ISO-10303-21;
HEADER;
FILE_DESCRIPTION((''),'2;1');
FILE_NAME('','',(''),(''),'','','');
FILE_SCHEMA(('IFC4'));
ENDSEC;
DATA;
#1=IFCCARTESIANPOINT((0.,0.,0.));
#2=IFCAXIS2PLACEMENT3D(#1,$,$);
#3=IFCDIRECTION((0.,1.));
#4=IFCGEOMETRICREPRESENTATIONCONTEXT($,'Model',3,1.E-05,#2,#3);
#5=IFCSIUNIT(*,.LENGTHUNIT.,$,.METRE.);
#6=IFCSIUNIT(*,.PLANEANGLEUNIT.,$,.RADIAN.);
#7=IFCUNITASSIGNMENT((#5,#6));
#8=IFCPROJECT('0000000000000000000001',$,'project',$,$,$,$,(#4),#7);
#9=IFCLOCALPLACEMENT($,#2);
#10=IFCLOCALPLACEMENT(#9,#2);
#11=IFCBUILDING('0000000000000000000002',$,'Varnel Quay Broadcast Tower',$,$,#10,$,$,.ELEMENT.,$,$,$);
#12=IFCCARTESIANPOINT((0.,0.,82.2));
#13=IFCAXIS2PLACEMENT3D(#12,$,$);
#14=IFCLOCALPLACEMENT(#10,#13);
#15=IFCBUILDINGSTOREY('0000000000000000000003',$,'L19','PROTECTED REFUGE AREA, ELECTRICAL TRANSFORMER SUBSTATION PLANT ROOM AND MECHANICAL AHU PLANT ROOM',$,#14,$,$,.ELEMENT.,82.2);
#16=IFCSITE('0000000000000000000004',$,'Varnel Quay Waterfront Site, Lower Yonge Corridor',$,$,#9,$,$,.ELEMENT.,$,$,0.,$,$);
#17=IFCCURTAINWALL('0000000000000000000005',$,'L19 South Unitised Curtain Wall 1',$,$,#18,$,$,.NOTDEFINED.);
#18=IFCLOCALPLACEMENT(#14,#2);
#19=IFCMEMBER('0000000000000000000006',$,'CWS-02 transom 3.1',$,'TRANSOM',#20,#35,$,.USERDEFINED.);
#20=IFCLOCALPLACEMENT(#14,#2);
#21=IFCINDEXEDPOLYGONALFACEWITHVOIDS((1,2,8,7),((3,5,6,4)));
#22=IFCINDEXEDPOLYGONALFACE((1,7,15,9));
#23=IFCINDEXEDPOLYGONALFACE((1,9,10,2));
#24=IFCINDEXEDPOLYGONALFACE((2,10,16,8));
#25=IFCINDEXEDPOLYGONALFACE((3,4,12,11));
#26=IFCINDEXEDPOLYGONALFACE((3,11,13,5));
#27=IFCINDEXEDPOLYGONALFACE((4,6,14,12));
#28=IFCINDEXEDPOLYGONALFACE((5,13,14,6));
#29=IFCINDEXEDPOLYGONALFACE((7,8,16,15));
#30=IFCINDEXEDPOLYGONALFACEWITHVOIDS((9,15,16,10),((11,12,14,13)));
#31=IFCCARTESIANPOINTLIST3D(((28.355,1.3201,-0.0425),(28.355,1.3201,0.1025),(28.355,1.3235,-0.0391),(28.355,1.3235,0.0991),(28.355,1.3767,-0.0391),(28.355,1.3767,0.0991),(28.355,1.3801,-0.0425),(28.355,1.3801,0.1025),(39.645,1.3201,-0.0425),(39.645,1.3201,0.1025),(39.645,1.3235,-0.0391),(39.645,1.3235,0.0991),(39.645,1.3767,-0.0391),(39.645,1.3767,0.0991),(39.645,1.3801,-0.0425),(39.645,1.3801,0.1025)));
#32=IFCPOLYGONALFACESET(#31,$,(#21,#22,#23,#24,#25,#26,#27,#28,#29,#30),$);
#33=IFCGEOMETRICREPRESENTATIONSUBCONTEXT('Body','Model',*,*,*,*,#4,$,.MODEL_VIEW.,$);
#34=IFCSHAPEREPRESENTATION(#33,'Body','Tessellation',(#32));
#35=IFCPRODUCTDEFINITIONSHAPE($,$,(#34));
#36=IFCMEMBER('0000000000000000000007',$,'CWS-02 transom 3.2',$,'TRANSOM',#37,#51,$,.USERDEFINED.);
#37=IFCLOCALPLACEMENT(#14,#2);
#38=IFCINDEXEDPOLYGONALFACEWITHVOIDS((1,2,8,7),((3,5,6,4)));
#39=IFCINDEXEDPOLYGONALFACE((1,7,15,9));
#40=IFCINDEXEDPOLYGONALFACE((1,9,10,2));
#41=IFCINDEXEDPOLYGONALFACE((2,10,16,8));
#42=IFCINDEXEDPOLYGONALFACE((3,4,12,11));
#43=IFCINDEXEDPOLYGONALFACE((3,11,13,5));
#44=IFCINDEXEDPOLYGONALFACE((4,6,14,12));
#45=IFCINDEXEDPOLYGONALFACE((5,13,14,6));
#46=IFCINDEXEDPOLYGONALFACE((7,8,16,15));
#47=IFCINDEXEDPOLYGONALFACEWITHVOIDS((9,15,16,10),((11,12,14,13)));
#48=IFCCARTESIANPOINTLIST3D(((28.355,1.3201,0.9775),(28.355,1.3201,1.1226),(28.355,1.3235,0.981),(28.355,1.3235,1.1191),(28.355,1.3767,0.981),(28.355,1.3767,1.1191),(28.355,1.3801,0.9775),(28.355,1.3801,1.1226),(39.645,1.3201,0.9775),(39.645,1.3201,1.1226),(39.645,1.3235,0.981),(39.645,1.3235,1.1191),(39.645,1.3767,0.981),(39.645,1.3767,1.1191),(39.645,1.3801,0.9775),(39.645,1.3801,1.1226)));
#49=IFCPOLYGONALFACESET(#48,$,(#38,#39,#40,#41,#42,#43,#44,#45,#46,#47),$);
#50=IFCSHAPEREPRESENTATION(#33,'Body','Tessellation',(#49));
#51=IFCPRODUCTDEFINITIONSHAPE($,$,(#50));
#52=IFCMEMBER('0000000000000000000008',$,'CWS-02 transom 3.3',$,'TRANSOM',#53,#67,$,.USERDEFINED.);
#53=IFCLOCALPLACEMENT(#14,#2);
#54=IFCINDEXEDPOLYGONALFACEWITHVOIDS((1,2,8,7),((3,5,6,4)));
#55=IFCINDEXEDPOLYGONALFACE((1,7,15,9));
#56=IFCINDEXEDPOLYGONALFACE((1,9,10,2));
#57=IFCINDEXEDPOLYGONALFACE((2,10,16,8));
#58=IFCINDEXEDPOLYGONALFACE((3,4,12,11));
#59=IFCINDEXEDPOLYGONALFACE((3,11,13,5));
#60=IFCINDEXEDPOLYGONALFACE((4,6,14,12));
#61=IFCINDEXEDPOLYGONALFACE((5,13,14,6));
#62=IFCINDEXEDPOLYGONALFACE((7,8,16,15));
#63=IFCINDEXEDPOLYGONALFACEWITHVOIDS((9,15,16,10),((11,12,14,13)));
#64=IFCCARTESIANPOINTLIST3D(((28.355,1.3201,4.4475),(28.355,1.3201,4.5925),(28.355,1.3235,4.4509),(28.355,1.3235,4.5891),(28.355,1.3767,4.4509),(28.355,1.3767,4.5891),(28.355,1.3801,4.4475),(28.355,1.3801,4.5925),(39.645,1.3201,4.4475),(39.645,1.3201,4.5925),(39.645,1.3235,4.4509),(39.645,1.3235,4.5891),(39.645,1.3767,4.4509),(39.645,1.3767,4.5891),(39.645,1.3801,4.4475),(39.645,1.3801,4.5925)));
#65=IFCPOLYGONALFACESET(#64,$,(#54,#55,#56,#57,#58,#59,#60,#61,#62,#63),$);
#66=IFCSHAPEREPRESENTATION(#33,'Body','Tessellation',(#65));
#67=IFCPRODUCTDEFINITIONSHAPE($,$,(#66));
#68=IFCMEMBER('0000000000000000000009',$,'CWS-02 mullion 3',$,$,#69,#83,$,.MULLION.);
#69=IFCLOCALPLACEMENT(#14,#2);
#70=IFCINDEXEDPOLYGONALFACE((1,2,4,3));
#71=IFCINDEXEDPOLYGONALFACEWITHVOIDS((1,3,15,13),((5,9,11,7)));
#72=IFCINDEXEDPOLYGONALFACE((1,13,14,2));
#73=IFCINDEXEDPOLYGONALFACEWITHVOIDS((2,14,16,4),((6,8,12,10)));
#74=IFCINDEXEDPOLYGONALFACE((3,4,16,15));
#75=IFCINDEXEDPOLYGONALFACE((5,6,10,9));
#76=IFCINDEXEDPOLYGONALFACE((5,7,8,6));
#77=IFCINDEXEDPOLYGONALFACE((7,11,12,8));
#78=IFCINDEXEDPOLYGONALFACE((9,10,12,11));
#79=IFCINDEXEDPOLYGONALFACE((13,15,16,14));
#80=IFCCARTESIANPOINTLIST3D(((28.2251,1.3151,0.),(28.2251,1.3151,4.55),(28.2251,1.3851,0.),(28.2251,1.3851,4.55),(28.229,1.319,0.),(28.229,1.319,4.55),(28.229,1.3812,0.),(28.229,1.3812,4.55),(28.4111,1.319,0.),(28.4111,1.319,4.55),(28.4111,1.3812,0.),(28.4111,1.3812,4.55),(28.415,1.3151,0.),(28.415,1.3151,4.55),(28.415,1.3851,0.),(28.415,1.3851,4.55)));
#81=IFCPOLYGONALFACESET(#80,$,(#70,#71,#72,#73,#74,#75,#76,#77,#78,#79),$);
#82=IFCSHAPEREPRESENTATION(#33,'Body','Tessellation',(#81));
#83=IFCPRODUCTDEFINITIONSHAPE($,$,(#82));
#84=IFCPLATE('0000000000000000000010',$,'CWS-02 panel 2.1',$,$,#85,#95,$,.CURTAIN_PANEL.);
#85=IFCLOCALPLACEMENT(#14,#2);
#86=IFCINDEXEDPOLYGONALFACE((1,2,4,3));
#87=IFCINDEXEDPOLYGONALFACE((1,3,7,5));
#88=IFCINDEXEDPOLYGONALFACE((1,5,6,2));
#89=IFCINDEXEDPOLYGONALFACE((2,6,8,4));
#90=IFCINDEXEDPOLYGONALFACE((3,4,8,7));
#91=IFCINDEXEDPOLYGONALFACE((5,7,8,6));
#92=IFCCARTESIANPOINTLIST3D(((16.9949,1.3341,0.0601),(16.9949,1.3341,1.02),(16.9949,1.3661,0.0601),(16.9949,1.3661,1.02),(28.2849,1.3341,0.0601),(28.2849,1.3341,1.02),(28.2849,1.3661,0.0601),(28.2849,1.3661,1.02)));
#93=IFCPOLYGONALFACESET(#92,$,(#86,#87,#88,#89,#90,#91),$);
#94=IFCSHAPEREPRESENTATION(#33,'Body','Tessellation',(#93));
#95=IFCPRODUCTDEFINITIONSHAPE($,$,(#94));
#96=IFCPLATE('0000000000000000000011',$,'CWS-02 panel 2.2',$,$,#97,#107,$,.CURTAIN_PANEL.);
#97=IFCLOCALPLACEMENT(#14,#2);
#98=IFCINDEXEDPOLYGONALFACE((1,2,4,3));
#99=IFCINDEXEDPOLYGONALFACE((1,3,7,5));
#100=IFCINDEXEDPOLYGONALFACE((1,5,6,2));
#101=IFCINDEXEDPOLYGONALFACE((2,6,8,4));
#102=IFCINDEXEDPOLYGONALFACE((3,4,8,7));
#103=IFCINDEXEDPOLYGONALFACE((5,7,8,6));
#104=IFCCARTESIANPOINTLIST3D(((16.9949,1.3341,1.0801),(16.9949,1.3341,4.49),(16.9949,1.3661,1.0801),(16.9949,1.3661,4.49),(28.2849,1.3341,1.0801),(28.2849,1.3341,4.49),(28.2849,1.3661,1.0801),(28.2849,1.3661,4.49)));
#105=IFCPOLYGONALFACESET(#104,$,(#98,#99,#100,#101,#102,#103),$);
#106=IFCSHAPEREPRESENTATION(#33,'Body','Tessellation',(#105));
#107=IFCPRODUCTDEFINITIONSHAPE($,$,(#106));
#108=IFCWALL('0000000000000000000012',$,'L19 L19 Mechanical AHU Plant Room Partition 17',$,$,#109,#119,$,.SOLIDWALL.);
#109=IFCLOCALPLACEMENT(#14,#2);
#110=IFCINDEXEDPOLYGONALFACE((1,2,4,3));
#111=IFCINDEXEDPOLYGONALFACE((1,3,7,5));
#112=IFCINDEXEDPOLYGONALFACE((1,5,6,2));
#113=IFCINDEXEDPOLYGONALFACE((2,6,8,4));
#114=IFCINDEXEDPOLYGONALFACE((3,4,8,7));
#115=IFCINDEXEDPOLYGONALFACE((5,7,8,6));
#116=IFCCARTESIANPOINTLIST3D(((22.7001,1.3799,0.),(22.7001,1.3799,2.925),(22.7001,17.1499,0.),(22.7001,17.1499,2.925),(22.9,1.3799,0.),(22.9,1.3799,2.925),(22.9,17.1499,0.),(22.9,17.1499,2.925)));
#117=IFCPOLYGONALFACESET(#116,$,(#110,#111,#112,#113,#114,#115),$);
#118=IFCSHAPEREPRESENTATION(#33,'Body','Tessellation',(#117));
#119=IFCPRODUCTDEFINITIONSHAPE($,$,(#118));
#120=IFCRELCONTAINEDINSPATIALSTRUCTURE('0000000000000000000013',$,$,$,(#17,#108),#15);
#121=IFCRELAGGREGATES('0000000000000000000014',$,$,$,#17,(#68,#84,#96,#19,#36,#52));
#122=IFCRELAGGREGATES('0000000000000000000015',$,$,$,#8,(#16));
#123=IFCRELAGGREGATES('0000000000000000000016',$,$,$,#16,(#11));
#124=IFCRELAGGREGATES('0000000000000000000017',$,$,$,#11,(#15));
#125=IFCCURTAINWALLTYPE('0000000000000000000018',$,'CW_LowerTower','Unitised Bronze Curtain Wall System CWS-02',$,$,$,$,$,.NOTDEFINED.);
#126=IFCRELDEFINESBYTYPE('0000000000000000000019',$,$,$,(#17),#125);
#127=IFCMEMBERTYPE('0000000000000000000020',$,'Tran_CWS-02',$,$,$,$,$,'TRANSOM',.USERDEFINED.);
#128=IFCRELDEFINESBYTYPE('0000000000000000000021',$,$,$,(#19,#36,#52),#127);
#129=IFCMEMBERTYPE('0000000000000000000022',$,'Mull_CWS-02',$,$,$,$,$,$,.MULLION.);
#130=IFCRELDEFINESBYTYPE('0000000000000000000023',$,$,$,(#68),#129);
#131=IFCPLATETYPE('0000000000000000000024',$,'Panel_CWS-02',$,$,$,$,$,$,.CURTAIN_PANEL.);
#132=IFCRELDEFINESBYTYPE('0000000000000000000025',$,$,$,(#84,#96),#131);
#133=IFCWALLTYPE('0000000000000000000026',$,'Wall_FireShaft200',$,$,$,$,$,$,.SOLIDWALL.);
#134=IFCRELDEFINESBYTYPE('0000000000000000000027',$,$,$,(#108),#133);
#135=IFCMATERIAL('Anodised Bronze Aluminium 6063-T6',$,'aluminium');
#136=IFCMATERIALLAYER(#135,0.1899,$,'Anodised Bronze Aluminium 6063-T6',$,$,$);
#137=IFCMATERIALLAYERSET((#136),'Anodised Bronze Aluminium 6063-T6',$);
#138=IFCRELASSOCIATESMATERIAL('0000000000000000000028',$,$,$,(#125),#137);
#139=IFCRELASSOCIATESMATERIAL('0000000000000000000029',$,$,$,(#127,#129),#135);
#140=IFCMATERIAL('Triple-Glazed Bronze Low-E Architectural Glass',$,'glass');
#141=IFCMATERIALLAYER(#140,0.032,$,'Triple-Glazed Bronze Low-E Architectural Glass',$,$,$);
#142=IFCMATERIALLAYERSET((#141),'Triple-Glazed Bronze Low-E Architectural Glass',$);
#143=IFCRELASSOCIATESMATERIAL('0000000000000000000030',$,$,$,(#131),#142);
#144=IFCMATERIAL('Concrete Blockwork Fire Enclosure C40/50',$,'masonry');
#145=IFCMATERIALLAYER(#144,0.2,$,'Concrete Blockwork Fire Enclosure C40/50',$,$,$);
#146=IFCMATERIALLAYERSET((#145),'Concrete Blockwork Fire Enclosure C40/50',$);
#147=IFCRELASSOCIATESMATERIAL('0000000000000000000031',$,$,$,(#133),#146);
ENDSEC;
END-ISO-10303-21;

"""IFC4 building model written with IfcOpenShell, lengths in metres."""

from ifc_helpers import new_model, si_unit, direction, frame, frame_2d, origin, origin_2d, place, context, subcontext, project, spatial, rectangle, hollow_rectangle, extrude, source, transform, mapped, material, layer, layer_set, material_profile, profile_set, type_object, type_shapes, element, aggregate, save


model = new_model("IFC4")

# Units and contexts
model_context = context("Model", 3, precision=1e-05, world=origin(), true_north=direction((0.0, 1.0)))
body_context = subcontext(model_context, "Body", "Model", "MODEL_VIEW")
ifc_project = project(units=[si_unit("LENGTHUNIT", "METRE"), si_unit("PLANEANGLEUNIT", "RADIAN")], contexts=[model_context])

# Site, building, storey
site_placement = place(None, origin())
site = spatial("IfcSite", under=ifc_project, at=site_placement, Name="Varnel Quay Waterfront Site, Lower Yonge Corridor", CompositionType="ELEMENT", RefElevation=0.0)
building_placement = place(site_placement, origin())
building = spatial("IfcBuilding", under=site, at=building_placement, Name="Varnel Quay Broadcast Tower", CompositionType="ELEMENT")
storey_placement = place(building_placement, frame((0.0, 0.0, 82.2)))
storey = spatial("IfcBuildingStorey", under=building, at=storey_placement, Name="L19", Description="PROTECTED REFUGE AREA, ELECTRICAL TRANSFORMER SUBSTATION PLANT ROOM AND MECHANICAL AHU PLANT ROOM", CompositionType="ELEMENT", Elevation=82.2)

# Curtain wall, members, plates
ifc_material_1 = material(Name="Anodised Bronze Aluminium 6063-T6", Category="aluminium")
ifc_layer_1 = layer(ifc_material_1, 0.1899, Name="Anodised Bronze Aluminium 6063-T6")
ifc_layer_set_1 = layer_set([ifc_layer_1], Name="Anodised Bronze Aluminium 6063-T6")
curtain_wall_type = type_object("IfcCurtainWallType", Name="CW_LowerTower", Description="Unitised Bronze Curtain Wall System CWS-02", PredefinedType="NOTDEFINED", material=ifc_layer_set_1)
curtain_wall_placement = place(storey_placement, origin())
curtain_wall = element("IfcCurtainWall", 1, at=curtain_wall_placement, inside=storey, type_object=curtain_wall_type, Name="L19 South Unitised Curtain Wall 1", PredefinedType="NOTDEFINED")
ifc_material_profile_1 = material_profile(ifc_material_1, hollow_rectangle(XDim=0.0601, YDim=0.145, WallThickness=0.0034, at=origin_2d()), Name="ALU60X145X3.5")
ifc_profile_set_1 = profile_set([ifc_material_profile_1], Name="Anodised Bronze Aluminium 6063-T6")
member_type_1 = type_object("IfcMemberType", Name="Tran_CWS-02", ElementType="TRANSOM", PredefinedType="USERDEFINED", material=ifc_profile_set_1)
shared_shape_1 = source(origin(), body_context, "Body", "SweptSolid", [
    extrude(hollow_rectangle(XDim=0.0601, YDim=0.145, WallThickness=0.0034, at=origin_2d()), origin(), (0.0, 0.0, 1.0), 11.29),
])
type_shapes(member_type_1, [shared_shape_1])
member_1_placement = place(storey_placement, frame((28.355, 1.3501, 0.03), z_axis=(1.0, 0.0, 0.0), x_axis=(0.0, 1.0, 0.0)))
member_1 = element("IfcMember", 2, at=member_1_placement, type_object=member_type_1, Name="CWS-02 transom 3.1", ObjectType="TRANSOM", PredefinedType="USERDEFINED", context=body_context, shape_type="MappedRepresentation", body=[
    mapped(shared_shape_1, transform((0.0, 0.0, 0.0), x_axis=(1.0, 0.0, 0.0), y_axis=(0.0, 1.0, 0.0), z_axis=(0.0, 0.0, 1.0), scale=1.0)),
])
member_2_placement = place(storey_placement, frame((28.355, 1.3501, 1.05), z_axis=(1.0, 0.0, 0.0), x_axis=(0.0, 1.0, 0.0)))
member_2 = element("IfcMember", 3, at=member_2_placement, type_object=member_type_1, Name="CWS-02 transom 3.2", ObjectType="TRANSOM", PredefinedType="USERDEFINED", context=body_context, shape_type="MappedRepresentation", body=[
    mapped(shared_shape_1, transform((0.0, 0.0, 0.0), x_axis=(1.0, 0.0, 0.0), y_axis=(0.0, 1.0, 0.0), z_axis=(0.0, 0.0, 1.0), scale=1.0)),
])
member_3_placement = place(storey_placement, frame((28.355, 1.3501, 4.52), z_axis=(1.0, 0.0, 0.0), x_axis=(0.0, 1.0, 0.0)))
member_3 = element("IfcMember", 4, at=member_3_placement, type_object=member_type_1, Name="CWS-02 transom 3.3", ObjectType="TRANSOM", PredefinedType="USERDEFINED", context=body_context, shape_type="MappedRepresentation", body=[
    mapped(shared_shape_1, transform((0.0, 0.0, 0.0), x_axis=(1.0, 0.0, 0.0), y_axis=(0.0, 1.0, 0.0), z_axis=(0.0, 0.0, 1.0), scale=1.0)),
])
ifc_material_profile_2 = material_profile(ifc_material_1, hollow_rectangle(XDim=0.0701, YDim=0.1899, WallThickness=0.0039, at=origin_2d()), Name="ALU70X190X4")
ifc_profile_set_2 = profile_set([ifc_material_profile_2], Name="Anodised Bronze Aluminium 6063-T6")
member_type_2 = type_object("IfcMemberType", Name="Mull_CWS-02", PredefinedType="MULLION", material=ifc_profile_set_2)
shared_shape_2 = source(origin(), body_context, "Body", "SweptSolid", [
    extrude(hollow_rectangle(XDim=0.0701, YDim=0.1899, WallThickness=0.0039, at=origin_2d()), origin(), (0.0, 0.0, 1.0), 4.55),
])
type_shapes(member_type_2, [shared_shape_2])
member_4_placement = place(storey_placement, frame((28.3201, 1.3501, 0.0), z_axis=(0.0, 0.0, 1.0), x_axis=(0.0, 1.0, 0.0)))
member_4 = element("IfcMember", 5, at=member_4_placement, type_object=member_type_2, Name="CWS-02 mullion 3", PredefinedType="MULLION", context=body_context, shape_type="MappedRepresentation", body=[
    mapped(shared_shape_2, transform((0.0, 0.0, 0.0), x_axis=(1.0, 0.0, 0.0), y_axis=(0.0, 1.0, 0.0), z_axis=(0.0, 0.0, 1.0), scale=1.0)),
])
ifc_material_2 = material(Name="Triple-Glazed Bronze Low-E Architectural Glass", Category="glass")
ifc_layer_2 = layer(ifc_material_2, 0.032, Name="Triple-Glazed Bronze Low-E Architectural Glass")
ifc_layer_set_2 = layer_set([ifc_layer_2], Name="Triple-Glazed Bronze Low-E Architectural Glass")
plate_type = type_object("IfcPlateType", Name="Panel_CWS-02", PredefinedType="CURTAIN_PANEL", material=ifc_layer_set_2)
shared_shape_3 = source(origin(), body_context, "Body", "SweptSolid", [
    extrude(rectangle(XDim=11.29, YDim=0.032, at=origin_2d()), origin(), (0.0, 0.0, 1.0), 0.96),
])
plate_1_placement = place(storey_placement, frame((22.6399, 1.3501, 0.0601), z_axis=(0.0, 0.0, 1.0), x_axis=(1.0, 0.0, 0.0)))
plate_1 = element("IfcPlate", 6, at=plate_1_placement, type_object=plate_type, Name="CWS-02 panel 2.1", PredefinedType="CURTAIN_PANEL", context=body_context, shape_type="MappedRepresentation", body=[
    mapped(shared_shape_3, transform((0.0, 0.0, 0.0), x_axis=(1.0, 0.0, 0.0), y_axis=(0.0, 1.0, 0.0), z_axis=(0.0, 0.0, 1.0), scale=1.0)),
])
shared_shape_4 = source(origin(), body_context, "Body", "SweptSolid", [
    extrude(rectangle(XDim=11.29, YDim=0.032, at=origin_2d()), origin(), (0.0, 0.0, 1.0), 3.4099),
])
type_shapes(plate_type, [shared_shape_3, shared_shape_4])
plate_2_placement = place(storey_placement, frame((22.6399, 1.3501, 1.0801), z_axis=(0.0, 0.0, 1.0), x_axis=(1.0, 0.0, 0.0)))
plate_2 = element("IfcPlate", 7, at=plate_2_placement, type_object=plate_type, Name="CWS-02 panel 2.2", PredefinedType="CURTAIN_PANEL", context=body_context, shape_type="MappedRepresentation", body=[
    mapped(shared_shape_4, transform((0.0, 0.0, 0.0), x_axis=(1.0, 0.0, 0.0), y_axis=(0.0, 1.0, 0.0), z_axis=(0.0, 0.0, 1.0), scale=1.0)),
])
aggregate(curtain_wall, [member_4, plate_1, plate_2, member_1, member_2, member_3])

# Wall
ifc_material_3 = material(Name="Concrete Blockwork Fire Enclosure C40/50", Category="masonry")
ifc_layer_3 = layer(ifc_material_3, 0.2, Name="Concrete Blockwork Fire Enclosure C40/50")
ifc_layer_set_3 = layer_set([ifc_layer_3], Name="Concrete Blockwork Fire Enclosure C40/50")
wall_type = type_object("IfcWallType", Name="Wall_FireShaft200", PredefinedType="SOLIDWALL", material=ifc_layer_set_3)
wall_placement = place(storey_placement, frame((22.8, 1.3799, 0.0), z_axis=(0.0, 0.0, 1.0), x_axis=(0.0, 1.0, 0.0)))
element("IfcWall", 8, at=wall_placement, inside=storey, type_object=wall_type, Name="L19 L19 Mechanical AHU Plant Room Partition 17", PredefinedType="SOLIDWALL", context=body_context, shape_type="SweptSolid", body=[
    extrude(rectangle(XDim=15.77, YDim=0.2, at=frame_2d((7.885, 0.0))), origin(), (0.0, 0.0, 1.0), 2.925),
])

save(model, "model.ifc")
